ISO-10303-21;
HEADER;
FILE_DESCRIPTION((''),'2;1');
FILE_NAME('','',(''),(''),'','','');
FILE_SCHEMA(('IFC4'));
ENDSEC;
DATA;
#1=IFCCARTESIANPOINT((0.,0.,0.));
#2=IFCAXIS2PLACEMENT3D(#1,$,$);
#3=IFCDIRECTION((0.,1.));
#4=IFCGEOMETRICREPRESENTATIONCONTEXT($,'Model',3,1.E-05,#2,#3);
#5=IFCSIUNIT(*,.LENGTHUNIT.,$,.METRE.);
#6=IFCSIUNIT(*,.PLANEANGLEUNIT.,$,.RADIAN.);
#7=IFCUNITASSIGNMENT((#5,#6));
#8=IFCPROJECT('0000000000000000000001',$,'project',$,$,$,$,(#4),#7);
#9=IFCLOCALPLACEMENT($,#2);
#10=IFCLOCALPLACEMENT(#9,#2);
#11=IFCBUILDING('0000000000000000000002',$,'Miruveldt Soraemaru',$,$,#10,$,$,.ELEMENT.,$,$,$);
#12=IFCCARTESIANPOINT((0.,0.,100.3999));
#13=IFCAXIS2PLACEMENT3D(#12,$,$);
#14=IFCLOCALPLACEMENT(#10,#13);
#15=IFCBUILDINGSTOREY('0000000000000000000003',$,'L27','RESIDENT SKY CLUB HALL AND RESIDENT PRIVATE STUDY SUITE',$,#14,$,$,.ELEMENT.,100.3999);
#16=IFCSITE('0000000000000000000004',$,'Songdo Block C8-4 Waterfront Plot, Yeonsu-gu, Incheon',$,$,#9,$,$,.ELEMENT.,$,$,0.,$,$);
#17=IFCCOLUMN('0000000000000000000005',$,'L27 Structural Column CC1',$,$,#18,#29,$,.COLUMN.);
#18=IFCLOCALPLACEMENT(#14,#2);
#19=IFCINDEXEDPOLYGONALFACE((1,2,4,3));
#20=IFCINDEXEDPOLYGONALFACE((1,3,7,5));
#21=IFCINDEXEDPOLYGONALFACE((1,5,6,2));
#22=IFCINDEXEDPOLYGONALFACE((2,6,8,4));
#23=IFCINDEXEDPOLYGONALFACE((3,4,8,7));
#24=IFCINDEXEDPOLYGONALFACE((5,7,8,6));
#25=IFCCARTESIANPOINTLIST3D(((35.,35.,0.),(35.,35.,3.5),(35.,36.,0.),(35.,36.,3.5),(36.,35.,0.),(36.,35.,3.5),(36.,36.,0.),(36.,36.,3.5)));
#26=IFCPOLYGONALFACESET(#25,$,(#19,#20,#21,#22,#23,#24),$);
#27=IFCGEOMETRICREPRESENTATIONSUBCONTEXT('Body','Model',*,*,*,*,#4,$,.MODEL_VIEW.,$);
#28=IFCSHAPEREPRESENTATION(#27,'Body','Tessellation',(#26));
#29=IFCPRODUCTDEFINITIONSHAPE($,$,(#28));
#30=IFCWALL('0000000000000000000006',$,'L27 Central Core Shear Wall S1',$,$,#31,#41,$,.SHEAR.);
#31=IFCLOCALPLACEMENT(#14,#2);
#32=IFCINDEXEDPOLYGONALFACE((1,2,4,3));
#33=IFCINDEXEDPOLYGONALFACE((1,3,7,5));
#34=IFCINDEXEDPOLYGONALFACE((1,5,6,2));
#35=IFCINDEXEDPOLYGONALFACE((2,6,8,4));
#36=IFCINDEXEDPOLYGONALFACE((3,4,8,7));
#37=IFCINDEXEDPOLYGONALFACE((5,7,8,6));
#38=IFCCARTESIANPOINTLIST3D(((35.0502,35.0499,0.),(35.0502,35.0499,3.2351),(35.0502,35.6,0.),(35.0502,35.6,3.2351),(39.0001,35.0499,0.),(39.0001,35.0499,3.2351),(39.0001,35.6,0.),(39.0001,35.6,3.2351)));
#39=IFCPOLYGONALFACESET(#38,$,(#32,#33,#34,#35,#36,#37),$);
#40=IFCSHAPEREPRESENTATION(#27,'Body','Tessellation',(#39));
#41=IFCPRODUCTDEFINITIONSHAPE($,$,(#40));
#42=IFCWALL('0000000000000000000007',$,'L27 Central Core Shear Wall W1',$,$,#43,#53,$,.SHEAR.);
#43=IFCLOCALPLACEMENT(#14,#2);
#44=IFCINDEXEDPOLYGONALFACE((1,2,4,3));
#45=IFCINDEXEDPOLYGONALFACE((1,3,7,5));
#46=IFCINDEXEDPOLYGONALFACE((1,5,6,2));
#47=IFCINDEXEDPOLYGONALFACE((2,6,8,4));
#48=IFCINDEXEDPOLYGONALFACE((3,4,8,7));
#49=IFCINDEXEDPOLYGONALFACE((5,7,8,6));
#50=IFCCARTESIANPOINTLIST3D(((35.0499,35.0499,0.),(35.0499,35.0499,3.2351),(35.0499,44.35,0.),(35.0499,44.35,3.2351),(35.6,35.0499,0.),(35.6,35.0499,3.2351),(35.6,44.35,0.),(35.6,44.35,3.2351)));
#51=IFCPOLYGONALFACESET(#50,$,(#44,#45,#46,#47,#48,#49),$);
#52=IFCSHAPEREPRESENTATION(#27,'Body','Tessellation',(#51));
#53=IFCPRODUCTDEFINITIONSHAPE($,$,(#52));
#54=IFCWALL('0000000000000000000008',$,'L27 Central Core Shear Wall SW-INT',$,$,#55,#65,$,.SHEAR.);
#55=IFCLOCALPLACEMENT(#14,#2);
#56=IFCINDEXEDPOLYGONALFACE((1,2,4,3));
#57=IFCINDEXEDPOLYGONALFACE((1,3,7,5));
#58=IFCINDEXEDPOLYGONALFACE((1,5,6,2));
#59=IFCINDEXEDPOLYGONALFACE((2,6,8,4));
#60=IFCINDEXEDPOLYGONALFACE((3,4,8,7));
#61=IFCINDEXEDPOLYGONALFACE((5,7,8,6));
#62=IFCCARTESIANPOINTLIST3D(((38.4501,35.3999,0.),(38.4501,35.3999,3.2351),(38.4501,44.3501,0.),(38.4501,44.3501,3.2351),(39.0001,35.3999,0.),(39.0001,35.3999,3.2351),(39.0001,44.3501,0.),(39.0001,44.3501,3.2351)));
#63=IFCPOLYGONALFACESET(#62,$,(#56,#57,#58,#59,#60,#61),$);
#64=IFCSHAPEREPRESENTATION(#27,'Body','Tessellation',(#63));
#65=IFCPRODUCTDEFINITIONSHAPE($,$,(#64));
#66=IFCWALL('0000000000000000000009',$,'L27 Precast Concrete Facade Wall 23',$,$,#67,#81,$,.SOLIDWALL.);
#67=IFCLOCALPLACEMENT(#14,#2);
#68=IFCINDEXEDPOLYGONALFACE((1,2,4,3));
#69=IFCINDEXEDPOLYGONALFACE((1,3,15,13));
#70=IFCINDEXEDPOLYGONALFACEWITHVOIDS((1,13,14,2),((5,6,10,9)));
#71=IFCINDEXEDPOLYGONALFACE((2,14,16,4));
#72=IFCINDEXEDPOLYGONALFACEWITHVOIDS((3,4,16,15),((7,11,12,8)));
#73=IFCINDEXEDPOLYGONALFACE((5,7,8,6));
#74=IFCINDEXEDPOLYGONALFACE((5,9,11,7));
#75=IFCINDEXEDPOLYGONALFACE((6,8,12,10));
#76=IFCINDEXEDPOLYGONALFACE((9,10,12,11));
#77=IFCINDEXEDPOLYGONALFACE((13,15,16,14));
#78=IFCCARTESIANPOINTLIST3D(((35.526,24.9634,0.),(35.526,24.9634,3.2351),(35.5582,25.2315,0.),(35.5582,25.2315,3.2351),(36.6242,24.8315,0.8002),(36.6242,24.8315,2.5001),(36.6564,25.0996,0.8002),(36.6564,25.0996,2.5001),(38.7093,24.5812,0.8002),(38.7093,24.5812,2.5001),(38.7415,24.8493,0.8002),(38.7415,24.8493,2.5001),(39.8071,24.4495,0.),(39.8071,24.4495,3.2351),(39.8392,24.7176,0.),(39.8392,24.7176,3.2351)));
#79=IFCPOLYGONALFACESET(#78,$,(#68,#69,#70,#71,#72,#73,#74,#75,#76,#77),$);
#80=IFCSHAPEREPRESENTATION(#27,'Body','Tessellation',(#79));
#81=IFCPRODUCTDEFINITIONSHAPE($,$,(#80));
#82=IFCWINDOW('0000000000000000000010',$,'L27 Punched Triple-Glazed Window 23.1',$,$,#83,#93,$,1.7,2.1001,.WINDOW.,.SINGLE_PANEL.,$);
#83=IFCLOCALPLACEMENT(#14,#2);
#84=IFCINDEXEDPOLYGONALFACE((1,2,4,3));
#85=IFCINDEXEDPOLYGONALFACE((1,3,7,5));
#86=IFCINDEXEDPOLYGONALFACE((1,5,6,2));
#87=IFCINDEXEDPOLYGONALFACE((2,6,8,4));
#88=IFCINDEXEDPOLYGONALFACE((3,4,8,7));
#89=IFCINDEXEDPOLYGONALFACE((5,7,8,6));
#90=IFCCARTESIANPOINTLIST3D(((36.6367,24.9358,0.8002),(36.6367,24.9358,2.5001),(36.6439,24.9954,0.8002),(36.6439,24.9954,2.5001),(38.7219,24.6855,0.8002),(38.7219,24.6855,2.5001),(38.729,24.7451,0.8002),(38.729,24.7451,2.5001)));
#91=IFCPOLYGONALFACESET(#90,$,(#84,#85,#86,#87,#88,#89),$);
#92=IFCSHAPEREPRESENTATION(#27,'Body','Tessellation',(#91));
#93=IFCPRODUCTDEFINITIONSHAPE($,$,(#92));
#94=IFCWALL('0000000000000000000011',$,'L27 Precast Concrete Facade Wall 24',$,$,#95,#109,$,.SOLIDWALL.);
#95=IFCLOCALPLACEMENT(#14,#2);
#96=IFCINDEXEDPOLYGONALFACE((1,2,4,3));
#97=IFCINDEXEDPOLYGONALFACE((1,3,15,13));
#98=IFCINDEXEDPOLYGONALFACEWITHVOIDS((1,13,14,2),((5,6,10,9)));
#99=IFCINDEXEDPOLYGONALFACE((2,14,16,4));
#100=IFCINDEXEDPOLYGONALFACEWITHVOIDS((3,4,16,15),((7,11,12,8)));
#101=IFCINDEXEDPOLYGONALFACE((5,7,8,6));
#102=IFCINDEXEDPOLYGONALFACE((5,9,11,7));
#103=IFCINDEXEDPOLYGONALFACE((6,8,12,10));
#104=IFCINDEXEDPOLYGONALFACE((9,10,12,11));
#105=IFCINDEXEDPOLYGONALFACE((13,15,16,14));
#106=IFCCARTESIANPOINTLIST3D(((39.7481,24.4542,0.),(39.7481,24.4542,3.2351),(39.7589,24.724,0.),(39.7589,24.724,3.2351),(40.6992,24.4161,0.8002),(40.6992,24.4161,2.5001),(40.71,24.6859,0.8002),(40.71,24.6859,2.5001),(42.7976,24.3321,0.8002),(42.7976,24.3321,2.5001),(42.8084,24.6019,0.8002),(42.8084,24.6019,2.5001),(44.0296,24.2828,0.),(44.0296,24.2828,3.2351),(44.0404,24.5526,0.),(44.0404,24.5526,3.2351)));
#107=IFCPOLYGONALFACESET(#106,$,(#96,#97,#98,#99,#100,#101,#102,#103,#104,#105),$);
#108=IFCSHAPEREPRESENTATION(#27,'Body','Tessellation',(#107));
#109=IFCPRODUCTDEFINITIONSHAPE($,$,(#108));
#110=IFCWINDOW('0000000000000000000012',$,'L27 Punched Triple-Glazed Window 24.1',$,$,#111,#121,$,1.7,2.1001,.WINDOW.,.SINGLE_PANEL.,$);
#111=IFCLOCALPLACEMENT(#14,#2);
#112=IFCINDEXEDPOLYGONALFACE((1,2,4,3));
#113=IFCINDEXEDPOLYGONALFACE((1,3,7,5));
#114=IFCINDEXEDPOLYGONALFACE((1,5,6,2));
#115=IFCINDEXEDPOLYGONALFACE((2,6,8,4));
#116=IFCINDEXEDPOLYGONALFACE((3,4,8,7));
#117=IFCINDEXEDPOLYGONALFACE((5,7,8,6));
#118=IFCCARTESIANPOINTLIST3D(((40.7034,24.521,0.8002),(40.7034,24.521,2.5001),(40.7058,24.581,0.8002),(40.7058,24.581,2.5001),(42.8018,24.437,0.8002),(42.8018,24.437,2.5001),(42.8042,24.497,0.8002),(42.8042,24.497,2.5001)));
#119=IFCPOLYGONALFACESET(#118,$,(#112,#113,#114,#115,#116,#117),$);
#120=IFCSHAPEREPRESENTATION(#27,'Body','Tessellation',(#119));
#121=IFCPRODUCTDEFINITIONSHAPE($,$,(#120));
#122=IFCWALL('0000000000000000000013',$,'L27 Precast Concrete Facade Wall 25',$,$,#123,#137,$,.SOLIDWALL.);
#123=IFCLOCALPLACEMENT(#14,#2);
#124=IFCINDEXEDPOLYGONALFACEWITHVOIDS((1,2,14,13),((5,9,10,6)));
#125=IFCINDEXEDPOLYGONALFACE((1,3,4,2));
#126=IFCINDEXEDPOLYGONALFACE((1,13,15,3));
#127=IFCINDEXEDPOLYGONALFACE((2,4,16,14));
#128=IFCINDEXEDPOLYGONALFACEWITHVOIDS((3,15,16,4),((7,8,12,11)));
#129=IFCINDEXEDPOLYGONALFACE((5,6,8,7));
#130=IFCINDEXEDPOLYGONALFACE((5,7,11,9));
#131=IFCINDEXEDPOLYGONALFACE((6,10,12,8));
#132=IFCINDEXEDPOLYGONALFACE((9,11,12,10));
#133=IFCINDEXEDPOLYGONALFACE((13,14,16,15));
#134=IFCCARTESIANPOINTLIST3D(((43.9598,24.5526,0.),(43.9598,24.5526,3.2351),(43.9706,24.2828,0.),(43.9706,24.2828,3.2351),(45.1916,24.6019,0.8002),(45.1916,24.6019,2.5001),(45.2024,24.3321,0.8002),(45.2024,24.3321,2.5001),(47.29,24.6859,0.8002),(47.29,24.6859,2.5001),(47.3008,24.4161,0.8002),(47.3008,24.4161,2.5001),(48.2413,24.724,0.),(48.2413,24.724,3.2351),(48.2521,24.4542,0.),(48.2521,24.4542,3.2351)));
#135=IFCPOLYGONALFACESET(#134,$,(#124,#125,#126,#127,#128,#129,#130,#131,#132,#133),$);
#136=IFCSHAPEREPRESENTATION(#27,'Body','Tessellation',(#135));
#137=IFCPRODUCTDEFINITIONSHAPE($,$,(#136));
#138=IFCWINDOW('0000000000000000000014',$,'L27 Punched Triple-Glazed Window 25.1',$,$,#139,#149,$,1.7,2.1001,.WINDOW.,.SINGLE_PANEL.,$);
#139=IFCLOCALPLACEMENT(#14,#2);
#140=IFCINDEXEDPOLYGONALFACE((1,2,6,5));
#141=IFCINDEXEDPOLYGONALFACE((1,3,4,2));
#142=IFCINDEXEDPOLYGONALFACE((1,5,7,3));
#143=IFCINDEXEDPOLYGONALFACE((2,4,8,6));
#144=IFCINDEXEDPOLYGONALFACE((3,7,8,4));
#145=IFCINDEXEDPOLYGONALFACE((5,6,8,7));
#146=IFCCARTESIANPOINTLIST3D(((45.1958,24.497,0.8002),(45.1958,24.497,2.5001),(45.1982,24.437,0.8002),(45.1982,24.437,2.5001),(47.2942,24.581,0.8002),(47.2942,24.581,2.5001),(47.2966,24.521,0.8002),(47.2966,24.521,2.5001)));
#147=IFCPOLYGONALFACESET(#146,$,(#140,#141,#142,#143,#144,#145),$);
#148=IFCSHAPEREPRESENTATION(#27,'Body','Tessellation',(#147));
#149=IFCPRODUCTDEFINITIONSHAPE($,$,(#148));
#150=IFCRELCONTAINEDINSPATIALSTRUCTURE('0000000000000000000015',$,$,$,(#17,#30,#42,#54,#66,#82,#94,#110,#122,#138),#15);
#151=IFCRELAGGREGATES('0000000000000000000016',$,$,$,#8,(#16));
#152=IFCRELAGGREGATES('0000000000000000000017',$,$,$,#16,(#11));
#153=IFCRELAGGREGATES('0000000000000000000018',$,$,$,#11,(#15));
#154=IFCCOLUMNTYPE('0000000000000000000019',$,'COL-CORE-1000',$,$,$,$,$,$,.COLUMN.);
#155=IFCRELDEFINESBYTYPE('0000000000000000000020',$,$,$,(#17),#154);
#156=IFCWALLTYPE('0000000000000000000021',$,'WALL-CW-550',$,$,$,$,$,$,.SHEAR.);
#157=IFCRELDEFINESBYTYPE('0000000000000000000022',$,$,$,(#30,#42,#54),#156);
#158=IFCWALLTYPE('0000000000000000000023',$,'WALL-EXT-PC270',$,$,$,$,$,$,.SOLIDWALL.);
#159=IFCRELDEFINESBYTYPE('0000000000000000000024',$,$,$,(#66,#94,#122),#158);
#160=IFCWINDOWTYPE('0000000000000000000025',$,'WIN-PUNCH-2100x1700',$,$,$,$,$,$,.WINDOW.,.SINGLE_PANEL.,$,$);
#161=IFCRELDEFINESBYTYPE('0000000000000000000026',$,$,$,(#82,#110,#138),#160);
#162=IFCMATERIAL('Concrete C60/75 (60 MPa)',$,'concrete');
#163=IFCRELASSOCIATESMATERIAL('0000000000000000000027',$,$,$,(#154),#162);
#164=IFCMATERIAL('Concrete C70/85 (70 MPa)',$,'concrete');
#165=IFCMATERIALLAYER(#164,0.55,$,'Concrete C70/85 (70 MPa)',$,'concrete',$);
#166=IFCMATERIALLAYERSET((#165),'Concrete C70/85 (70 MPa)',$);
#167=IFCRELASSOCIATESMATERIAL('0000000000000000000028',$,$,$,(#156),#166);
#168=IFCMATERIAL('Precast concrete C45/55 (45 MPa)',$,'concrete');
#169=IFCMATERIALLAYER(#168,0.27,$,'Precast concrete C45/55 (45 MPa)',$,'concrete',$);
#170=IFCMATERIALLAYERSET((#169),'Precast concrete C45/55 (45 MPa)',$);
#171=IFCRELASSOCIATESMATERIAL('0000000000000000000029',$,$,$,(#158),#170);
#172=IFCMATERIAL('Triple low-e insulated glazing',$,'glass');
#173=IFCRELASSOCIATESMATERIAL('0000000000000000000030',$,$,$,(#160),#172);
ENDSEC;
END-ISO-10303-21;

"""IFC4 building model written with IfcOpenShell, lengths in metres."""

from ifc_helpers import new_model, si_unit, direction, frame, frame_2d, origin, origin_2d, place, context, subcontext, project, spatial, rectangle, extrude, material, layer, layer_set, material_profile, profile_set, type_object, element, fill, save


model = new_model("IFC4")

# Units and contexts
model_context = context("Model", 3, precision=1e-05, world=origin(), true_north=direction((0.0, 1.0)))
body_context = subcontext(model_context, "Body", "Model", "MODEL_VIEW")
ifc_project = project(units=[si_unit("LENGTHUNIT", "METRE"), si_unit("PLANEANGLEUNIT", "RADIAN")], contexts=[model_context])

# Site, building, storey
site_placement = place(None, origin())
site = spatial("IfcSite", under=ifc_project, at=site_placement, Name="Songdo Block C8-4 Waterfront Plot, Yeonsu-gu, Incheon", CompositionType="ELEMENT", RefElevation=0.0)
building_placement = place(site_placement, origin())
building = spatial("IfcBuilding", under=site, at=building_placement, Name="Miruveldt Soraemaru", CompositionType="ELEMENT")
storey_placement = place(building_placement, frame((0.0, 0.0, 100.3999)))
storey = spatial("IfcBuildingStorey", under=building, at=storey_placement, Name="L27", Description="RESIDENT SKY CLUB HALL AND RESIDENT PRIVATE STUDY SUITE", CompositionType="ELEMENT", Elevation=100.3999)

# Column
ifc_material_1 = material(Name="Concrete C60/75 (60 MPa)", Category="concrete")
ifc_material_profile = material_profile(ifc_material_1, rectangle(XDim=1.0, YDim=1.0, at=origin_2d()), Name="Concrete C60/75 (60 MPa)", Category="concrete")
ifc_profile_set = profile_set([ifc_material_profile], Name="Concrete C60/75 (60 MPa)")
column_type = type_object("IfcColumnType", Name="COL-CORE-1000", PredefinedType="COLUMN", material=ifc_profile_set)
column_placement = place(storey_placement, frame((35.5, 35.5, 0.0), z_axis=(0.0, 0.0, 1.0), x_axis=(1.0, 0.0, 0.0)))
element("IfcColumn", 1, at=column_placement, inside=storey, type_object=column_type, Name="L27 Structural Column CC1", PredefinedType="COLUMN", context=body_context, shape_type="SweptSolid", body=[
    extrude(rectangle(XDim=1.0, YDim=1.0, at=origin_2d()), origin(), (0.0, 0.0, 1.0), 3.5),
])

# Walls
ifc_material_2 = material(Name="Concrete C70/85 (70 MPa)", Category="concrete")
ifc_layer_1 = layer(ifc_material_2, 0.55, Name="Concrete C70/85 (70 MPa)", Category="concrete")
ifc_layer_set_1 = layer_set([ifc_layer_1], Name="Concrete C70/85 (70 MPa)")
wall_type_1 = type_object("IfcWallType", Name="WALL-CW-550", PredefinedType="SHEAR", material=ifc_layer_set_1)
wall_1_placement = place(storey_placement, frame((35.05, 35.325, 0.0), z_axis=(0.0, 0.0, 1.0), x_axis=(1.0, 0.0, 0.0)))
element("IfcWall", 2, at=wall_1_placement, inside=storey, type_object=wall_type_1, Name="L27 Central Core Shear Wall S1", PredefinedType="SHEAR", context=body_context, shape_type="SweptSolid", body=[
    extrude(rectangle(XDim=3.95, YDim=0.55, at=frame_2d((1.9751, 0.0))), origin(), (0.0, 0.0, 1.0), 3.2351),
])
wall_2_placement = place(storey_placement, frame((35.325, 35.05, 0.0), z_axis=(0.0, 0.0, 1.0), x_axis=(0.0, 1.0, 0.0)))
element("IfcWall", 3, at=wall_2_placement, inside=storey, type_object=wall_type_1, Name="L27 Central Core Shear Wall W1", PredefinedType="SHEAR", context=body_context, shape_type="SweptSolid", body=[
    extrude(rectangle(XDim=9.3, YDim=0.55, at=frame_2d((4.6499, 0.0))), origin(), (0.0, 0.0, 1.0), 3.2351),
])
wall_3_placement = place(storey_placement, frame((38.7251, 35.3999, 0.0), z_axis=(0.0, 0.0, 1.0), x_axis=(0.0, 1.0, 0.0)))
element("IfcWall", 4, at=wall_3_placement, inside=storey, type_object=wall_type_1, Name="L27 Central Core Shear Wall SW-INT", PredefinedType="SHEAR", context=body_context, shape_type="SweptSolid", body=[
    extrude(rectangle(XDim=8.9502, YDim=0.55, at=frame_2d((4.4751, 0.0))), origin(), (0.0, 0.0, 1.0), 3.2351),
])

# Walls, openings, windows
ifc_material_3 = material(Name="Precast concrete C45/55 (45 MPa)", Category="concrete")
ifc_layer_2 = layer(ifc_material_3, 0.27, Name="Precast concrete C45/55 (45 MPa)", Category="concrete")
ifc_layer_set_2 = layer_set([ifc_layer_2], Name="Precast concrete C45/55 (45 MPa)")
wall_type_2 = type_object("IfcWallType", Name="WALL-EXT-PC270", PredefinedType="SOLIDWALL", material=ifc_layer_set_2)
wall_4_placement = place(storey_placement, frame((35.5422, 25.0974, 0.0), z_axis=(0.0, 0.0, 1.0), x_axis=(0.992871, -0.11919, 0.0)))
wall_4 = element("IfcWall", 5, at=wall_4_placement, inside=storey, type_object=wall_type_2, Name="L27 Precast Concrete Facade Wall 23", PredefinedType="SOLIDWALL", context=body_context, shape_type="SweptSolid", body=[
    extrude(rectangle(XDim=4.3118, YDim=0.27, at=frame_2d((2.1558, 0.0))), origin(), (0.0, 0.0, 1.0), 3.2351),
])
opening_1_placement = place(wall_4_placement, frame((1.106, 0.0, 0.8)))
opening_1 = element("IfcOpeningElement", 6, at=opening_1_placement, cuts=wall_4, PredefinedType="OPENING", context=body_context, shape_type="SweptSolid", body=[
    extrude(rectangle(XDim=2.1001, YDim=1.7, at=frame_2d((1.05, 0.8501))), frame((0.0, 0.145, 0.0), z_axis=(0.0, -1.0, 0.0), x_axis=(1.0, 0.0, 0.0)), (0.0, 0.0, 1.0), 0.29),
])
ifc_material_4 = material(Name="Triple low-e insulated glazing", Category="glass")
window_type = type_object("IfcWindowType", Name="WIN-PUNCH-2100x1700", PartitioningType="SINGLE_PANEL", PredefinedType="WINDOW", material=ifc_material_4)
window_1_placement = place(opening_1_placement, origin())
window_1 = element("IfcWindow", 7, at=window_1_placement, inside=storey, type_object=window_type, Name="L27 Punched Triple-Glazed Window 23.1", OverallHeight=1.7, OverallWidth=2.1001, PartitioningType="SINGLE_PANEL", PredefinedType="WINDOW", context=body_context, shape_type="SweptSolid", body=[
    extrude(rectangle(XDim=2.1001, YDim=1.7, at=frame_2d((1.05, 0.8501))), frame((0.0, 0.03, 0.0), z_axis=(0.0, -1.0, 0.0), x_axis=(1.0, 0.0, 0.0)), (0.0, 0.0, 1.0), 0.0601),
])
fill(opening_1, window_1)
wall_5_placement = place(storey_placement, frame((39.7534, 24.5891, 0.0), z_axis=(0.0, 0.0, 1.0), x_axis=(0.9992, -0.039998, 0.0)))
wall_5 = element("IfcWall", 8, at=wall_5_placement, inside=storey, type_object=wall_type_2, Name="L27 Precast Concrete Facade Wall 24", PredefinedType="SOLIDWALL", context=body_context, shape_type="SweptSolid", body=[
    extrude(rectangle(XDim=4.2849, YDim=0.27, at=frame_2d((2.1426, 0.0))), origin(), (0.0, 0.0, 1.0), 3.2351),
])
opening_2_placement = place(wall_5_placement, frame((0.9519, 0.0, 0.8)))
opening_2 = element("IfcOpeningElement", 9, at=opening_2_placement, cuts=wall_5, PredefinedType="OPENING", context=body_context, shape_type="SweptSolid", body=[
    extrude(rectangle(XDim=2.1001, YDim=1.7, at=frame_2d((1.05, 0.8501))), frame((0.0, 0.145, 0.0), z_axis=(0.0, -1.0, 0.0), x_axis=(1.0, 0.0, 0.0)), (0.0, 0.0, 1.0), 0.29),
])
window_2_placement = place(opening_2_placement, origin())
window_2 = element("IfcWindow", 10, at=window_2_placement, inside=storey, type_object=window_type, Name="L27 Punched Triple-Glazed Window 24.1", OverallHeight=1.7, OverallWidth=2.1001, PartitioningType="SINGLE_PANEL", PredefinedType="WINDOW", context=body_context, shape_type="SweptSolid", body=[
    extrude(rectangle(XDim=2.1001, YDim=1.7, at=frame_2d((1.05, 0.8501))), frame((0.0, 0.03, 0.0), z_axis=(0.0, -1.0, 0.0), x_axis=(1.0, 0.0, 0.0)), (0.0, 0.0, 1.0), 0.0601),
])
fill(opening_2, window_2)
wall_6_placement = place(storey_placement, frame((43.9651, 24.4177, 0.0), z_axis=(0.0, 0.0, 1.0), x_axis=(0.9992, 0.039998, 0.0)))
wall_6 = element("IfcWall", 11, at=wall_6_placement, inside=storey, type_object=wall_type_2, Name="L27 Precast Concrete Facade Wall 25", PredefinedType="SOLIDWALL", context=body_context, shape_type="SweptSolid", body=[
    extrude(rectangle(XDim=4.2849, YDim=0.27, at=frame_2d((2.1426, 0.0))), origin(), (0.0, 0.0, 1.0), 3.2351),
])
opening_3_placement = place(wall_6_placement, frame((1.2329, 0.0, 0.8)))
opening_3 = element("IfcOpeningElement", 12, at=opening_3_placement, cuts=wall_6, PredefinedType="OPENING", context=body_context, shape_type="SweptSolid", body=[
    extrude(rectangle(XDim=2.1001, YDim=1.7, at=frame_2d((1.05, 0.8501))), frame((0.0, 0.145, 0.0), z_axis=(0.0, -1.0, 0.0), x_axis=(1.0, 0.0, 0.0)), (0.0, 0.0, 1.0), 0.29),
])
window_3_placement = place(opening_3_placement, origin())
window_3 = element("IfcWindow", 13, at=window_3_placement, inside=storey, type_object=window_type, Name="L27 Punched Triple-Glazed Window 25.1", OverallHeight=1.7, OverallWidth=2.1001, PartitioningType="SINGLE_PANEL", PredefinedType="WINDOW", context=body_context, shape_type="SweptSolid", body=[
    extrude(rectangle(XDim=2.1001, YDim=1.7, at=frame_2d((1.05, 0.8501))), frame((0.0, 0.03, 0.0), z_axis=(0.0, -1.0, 0.0), x_axis=(1.0, 0.0, 0.0)), (0.0, 0.0, 1.0), 0.0601),
])
fill(opening_3, window_3)

save(model, "model.ifc")
